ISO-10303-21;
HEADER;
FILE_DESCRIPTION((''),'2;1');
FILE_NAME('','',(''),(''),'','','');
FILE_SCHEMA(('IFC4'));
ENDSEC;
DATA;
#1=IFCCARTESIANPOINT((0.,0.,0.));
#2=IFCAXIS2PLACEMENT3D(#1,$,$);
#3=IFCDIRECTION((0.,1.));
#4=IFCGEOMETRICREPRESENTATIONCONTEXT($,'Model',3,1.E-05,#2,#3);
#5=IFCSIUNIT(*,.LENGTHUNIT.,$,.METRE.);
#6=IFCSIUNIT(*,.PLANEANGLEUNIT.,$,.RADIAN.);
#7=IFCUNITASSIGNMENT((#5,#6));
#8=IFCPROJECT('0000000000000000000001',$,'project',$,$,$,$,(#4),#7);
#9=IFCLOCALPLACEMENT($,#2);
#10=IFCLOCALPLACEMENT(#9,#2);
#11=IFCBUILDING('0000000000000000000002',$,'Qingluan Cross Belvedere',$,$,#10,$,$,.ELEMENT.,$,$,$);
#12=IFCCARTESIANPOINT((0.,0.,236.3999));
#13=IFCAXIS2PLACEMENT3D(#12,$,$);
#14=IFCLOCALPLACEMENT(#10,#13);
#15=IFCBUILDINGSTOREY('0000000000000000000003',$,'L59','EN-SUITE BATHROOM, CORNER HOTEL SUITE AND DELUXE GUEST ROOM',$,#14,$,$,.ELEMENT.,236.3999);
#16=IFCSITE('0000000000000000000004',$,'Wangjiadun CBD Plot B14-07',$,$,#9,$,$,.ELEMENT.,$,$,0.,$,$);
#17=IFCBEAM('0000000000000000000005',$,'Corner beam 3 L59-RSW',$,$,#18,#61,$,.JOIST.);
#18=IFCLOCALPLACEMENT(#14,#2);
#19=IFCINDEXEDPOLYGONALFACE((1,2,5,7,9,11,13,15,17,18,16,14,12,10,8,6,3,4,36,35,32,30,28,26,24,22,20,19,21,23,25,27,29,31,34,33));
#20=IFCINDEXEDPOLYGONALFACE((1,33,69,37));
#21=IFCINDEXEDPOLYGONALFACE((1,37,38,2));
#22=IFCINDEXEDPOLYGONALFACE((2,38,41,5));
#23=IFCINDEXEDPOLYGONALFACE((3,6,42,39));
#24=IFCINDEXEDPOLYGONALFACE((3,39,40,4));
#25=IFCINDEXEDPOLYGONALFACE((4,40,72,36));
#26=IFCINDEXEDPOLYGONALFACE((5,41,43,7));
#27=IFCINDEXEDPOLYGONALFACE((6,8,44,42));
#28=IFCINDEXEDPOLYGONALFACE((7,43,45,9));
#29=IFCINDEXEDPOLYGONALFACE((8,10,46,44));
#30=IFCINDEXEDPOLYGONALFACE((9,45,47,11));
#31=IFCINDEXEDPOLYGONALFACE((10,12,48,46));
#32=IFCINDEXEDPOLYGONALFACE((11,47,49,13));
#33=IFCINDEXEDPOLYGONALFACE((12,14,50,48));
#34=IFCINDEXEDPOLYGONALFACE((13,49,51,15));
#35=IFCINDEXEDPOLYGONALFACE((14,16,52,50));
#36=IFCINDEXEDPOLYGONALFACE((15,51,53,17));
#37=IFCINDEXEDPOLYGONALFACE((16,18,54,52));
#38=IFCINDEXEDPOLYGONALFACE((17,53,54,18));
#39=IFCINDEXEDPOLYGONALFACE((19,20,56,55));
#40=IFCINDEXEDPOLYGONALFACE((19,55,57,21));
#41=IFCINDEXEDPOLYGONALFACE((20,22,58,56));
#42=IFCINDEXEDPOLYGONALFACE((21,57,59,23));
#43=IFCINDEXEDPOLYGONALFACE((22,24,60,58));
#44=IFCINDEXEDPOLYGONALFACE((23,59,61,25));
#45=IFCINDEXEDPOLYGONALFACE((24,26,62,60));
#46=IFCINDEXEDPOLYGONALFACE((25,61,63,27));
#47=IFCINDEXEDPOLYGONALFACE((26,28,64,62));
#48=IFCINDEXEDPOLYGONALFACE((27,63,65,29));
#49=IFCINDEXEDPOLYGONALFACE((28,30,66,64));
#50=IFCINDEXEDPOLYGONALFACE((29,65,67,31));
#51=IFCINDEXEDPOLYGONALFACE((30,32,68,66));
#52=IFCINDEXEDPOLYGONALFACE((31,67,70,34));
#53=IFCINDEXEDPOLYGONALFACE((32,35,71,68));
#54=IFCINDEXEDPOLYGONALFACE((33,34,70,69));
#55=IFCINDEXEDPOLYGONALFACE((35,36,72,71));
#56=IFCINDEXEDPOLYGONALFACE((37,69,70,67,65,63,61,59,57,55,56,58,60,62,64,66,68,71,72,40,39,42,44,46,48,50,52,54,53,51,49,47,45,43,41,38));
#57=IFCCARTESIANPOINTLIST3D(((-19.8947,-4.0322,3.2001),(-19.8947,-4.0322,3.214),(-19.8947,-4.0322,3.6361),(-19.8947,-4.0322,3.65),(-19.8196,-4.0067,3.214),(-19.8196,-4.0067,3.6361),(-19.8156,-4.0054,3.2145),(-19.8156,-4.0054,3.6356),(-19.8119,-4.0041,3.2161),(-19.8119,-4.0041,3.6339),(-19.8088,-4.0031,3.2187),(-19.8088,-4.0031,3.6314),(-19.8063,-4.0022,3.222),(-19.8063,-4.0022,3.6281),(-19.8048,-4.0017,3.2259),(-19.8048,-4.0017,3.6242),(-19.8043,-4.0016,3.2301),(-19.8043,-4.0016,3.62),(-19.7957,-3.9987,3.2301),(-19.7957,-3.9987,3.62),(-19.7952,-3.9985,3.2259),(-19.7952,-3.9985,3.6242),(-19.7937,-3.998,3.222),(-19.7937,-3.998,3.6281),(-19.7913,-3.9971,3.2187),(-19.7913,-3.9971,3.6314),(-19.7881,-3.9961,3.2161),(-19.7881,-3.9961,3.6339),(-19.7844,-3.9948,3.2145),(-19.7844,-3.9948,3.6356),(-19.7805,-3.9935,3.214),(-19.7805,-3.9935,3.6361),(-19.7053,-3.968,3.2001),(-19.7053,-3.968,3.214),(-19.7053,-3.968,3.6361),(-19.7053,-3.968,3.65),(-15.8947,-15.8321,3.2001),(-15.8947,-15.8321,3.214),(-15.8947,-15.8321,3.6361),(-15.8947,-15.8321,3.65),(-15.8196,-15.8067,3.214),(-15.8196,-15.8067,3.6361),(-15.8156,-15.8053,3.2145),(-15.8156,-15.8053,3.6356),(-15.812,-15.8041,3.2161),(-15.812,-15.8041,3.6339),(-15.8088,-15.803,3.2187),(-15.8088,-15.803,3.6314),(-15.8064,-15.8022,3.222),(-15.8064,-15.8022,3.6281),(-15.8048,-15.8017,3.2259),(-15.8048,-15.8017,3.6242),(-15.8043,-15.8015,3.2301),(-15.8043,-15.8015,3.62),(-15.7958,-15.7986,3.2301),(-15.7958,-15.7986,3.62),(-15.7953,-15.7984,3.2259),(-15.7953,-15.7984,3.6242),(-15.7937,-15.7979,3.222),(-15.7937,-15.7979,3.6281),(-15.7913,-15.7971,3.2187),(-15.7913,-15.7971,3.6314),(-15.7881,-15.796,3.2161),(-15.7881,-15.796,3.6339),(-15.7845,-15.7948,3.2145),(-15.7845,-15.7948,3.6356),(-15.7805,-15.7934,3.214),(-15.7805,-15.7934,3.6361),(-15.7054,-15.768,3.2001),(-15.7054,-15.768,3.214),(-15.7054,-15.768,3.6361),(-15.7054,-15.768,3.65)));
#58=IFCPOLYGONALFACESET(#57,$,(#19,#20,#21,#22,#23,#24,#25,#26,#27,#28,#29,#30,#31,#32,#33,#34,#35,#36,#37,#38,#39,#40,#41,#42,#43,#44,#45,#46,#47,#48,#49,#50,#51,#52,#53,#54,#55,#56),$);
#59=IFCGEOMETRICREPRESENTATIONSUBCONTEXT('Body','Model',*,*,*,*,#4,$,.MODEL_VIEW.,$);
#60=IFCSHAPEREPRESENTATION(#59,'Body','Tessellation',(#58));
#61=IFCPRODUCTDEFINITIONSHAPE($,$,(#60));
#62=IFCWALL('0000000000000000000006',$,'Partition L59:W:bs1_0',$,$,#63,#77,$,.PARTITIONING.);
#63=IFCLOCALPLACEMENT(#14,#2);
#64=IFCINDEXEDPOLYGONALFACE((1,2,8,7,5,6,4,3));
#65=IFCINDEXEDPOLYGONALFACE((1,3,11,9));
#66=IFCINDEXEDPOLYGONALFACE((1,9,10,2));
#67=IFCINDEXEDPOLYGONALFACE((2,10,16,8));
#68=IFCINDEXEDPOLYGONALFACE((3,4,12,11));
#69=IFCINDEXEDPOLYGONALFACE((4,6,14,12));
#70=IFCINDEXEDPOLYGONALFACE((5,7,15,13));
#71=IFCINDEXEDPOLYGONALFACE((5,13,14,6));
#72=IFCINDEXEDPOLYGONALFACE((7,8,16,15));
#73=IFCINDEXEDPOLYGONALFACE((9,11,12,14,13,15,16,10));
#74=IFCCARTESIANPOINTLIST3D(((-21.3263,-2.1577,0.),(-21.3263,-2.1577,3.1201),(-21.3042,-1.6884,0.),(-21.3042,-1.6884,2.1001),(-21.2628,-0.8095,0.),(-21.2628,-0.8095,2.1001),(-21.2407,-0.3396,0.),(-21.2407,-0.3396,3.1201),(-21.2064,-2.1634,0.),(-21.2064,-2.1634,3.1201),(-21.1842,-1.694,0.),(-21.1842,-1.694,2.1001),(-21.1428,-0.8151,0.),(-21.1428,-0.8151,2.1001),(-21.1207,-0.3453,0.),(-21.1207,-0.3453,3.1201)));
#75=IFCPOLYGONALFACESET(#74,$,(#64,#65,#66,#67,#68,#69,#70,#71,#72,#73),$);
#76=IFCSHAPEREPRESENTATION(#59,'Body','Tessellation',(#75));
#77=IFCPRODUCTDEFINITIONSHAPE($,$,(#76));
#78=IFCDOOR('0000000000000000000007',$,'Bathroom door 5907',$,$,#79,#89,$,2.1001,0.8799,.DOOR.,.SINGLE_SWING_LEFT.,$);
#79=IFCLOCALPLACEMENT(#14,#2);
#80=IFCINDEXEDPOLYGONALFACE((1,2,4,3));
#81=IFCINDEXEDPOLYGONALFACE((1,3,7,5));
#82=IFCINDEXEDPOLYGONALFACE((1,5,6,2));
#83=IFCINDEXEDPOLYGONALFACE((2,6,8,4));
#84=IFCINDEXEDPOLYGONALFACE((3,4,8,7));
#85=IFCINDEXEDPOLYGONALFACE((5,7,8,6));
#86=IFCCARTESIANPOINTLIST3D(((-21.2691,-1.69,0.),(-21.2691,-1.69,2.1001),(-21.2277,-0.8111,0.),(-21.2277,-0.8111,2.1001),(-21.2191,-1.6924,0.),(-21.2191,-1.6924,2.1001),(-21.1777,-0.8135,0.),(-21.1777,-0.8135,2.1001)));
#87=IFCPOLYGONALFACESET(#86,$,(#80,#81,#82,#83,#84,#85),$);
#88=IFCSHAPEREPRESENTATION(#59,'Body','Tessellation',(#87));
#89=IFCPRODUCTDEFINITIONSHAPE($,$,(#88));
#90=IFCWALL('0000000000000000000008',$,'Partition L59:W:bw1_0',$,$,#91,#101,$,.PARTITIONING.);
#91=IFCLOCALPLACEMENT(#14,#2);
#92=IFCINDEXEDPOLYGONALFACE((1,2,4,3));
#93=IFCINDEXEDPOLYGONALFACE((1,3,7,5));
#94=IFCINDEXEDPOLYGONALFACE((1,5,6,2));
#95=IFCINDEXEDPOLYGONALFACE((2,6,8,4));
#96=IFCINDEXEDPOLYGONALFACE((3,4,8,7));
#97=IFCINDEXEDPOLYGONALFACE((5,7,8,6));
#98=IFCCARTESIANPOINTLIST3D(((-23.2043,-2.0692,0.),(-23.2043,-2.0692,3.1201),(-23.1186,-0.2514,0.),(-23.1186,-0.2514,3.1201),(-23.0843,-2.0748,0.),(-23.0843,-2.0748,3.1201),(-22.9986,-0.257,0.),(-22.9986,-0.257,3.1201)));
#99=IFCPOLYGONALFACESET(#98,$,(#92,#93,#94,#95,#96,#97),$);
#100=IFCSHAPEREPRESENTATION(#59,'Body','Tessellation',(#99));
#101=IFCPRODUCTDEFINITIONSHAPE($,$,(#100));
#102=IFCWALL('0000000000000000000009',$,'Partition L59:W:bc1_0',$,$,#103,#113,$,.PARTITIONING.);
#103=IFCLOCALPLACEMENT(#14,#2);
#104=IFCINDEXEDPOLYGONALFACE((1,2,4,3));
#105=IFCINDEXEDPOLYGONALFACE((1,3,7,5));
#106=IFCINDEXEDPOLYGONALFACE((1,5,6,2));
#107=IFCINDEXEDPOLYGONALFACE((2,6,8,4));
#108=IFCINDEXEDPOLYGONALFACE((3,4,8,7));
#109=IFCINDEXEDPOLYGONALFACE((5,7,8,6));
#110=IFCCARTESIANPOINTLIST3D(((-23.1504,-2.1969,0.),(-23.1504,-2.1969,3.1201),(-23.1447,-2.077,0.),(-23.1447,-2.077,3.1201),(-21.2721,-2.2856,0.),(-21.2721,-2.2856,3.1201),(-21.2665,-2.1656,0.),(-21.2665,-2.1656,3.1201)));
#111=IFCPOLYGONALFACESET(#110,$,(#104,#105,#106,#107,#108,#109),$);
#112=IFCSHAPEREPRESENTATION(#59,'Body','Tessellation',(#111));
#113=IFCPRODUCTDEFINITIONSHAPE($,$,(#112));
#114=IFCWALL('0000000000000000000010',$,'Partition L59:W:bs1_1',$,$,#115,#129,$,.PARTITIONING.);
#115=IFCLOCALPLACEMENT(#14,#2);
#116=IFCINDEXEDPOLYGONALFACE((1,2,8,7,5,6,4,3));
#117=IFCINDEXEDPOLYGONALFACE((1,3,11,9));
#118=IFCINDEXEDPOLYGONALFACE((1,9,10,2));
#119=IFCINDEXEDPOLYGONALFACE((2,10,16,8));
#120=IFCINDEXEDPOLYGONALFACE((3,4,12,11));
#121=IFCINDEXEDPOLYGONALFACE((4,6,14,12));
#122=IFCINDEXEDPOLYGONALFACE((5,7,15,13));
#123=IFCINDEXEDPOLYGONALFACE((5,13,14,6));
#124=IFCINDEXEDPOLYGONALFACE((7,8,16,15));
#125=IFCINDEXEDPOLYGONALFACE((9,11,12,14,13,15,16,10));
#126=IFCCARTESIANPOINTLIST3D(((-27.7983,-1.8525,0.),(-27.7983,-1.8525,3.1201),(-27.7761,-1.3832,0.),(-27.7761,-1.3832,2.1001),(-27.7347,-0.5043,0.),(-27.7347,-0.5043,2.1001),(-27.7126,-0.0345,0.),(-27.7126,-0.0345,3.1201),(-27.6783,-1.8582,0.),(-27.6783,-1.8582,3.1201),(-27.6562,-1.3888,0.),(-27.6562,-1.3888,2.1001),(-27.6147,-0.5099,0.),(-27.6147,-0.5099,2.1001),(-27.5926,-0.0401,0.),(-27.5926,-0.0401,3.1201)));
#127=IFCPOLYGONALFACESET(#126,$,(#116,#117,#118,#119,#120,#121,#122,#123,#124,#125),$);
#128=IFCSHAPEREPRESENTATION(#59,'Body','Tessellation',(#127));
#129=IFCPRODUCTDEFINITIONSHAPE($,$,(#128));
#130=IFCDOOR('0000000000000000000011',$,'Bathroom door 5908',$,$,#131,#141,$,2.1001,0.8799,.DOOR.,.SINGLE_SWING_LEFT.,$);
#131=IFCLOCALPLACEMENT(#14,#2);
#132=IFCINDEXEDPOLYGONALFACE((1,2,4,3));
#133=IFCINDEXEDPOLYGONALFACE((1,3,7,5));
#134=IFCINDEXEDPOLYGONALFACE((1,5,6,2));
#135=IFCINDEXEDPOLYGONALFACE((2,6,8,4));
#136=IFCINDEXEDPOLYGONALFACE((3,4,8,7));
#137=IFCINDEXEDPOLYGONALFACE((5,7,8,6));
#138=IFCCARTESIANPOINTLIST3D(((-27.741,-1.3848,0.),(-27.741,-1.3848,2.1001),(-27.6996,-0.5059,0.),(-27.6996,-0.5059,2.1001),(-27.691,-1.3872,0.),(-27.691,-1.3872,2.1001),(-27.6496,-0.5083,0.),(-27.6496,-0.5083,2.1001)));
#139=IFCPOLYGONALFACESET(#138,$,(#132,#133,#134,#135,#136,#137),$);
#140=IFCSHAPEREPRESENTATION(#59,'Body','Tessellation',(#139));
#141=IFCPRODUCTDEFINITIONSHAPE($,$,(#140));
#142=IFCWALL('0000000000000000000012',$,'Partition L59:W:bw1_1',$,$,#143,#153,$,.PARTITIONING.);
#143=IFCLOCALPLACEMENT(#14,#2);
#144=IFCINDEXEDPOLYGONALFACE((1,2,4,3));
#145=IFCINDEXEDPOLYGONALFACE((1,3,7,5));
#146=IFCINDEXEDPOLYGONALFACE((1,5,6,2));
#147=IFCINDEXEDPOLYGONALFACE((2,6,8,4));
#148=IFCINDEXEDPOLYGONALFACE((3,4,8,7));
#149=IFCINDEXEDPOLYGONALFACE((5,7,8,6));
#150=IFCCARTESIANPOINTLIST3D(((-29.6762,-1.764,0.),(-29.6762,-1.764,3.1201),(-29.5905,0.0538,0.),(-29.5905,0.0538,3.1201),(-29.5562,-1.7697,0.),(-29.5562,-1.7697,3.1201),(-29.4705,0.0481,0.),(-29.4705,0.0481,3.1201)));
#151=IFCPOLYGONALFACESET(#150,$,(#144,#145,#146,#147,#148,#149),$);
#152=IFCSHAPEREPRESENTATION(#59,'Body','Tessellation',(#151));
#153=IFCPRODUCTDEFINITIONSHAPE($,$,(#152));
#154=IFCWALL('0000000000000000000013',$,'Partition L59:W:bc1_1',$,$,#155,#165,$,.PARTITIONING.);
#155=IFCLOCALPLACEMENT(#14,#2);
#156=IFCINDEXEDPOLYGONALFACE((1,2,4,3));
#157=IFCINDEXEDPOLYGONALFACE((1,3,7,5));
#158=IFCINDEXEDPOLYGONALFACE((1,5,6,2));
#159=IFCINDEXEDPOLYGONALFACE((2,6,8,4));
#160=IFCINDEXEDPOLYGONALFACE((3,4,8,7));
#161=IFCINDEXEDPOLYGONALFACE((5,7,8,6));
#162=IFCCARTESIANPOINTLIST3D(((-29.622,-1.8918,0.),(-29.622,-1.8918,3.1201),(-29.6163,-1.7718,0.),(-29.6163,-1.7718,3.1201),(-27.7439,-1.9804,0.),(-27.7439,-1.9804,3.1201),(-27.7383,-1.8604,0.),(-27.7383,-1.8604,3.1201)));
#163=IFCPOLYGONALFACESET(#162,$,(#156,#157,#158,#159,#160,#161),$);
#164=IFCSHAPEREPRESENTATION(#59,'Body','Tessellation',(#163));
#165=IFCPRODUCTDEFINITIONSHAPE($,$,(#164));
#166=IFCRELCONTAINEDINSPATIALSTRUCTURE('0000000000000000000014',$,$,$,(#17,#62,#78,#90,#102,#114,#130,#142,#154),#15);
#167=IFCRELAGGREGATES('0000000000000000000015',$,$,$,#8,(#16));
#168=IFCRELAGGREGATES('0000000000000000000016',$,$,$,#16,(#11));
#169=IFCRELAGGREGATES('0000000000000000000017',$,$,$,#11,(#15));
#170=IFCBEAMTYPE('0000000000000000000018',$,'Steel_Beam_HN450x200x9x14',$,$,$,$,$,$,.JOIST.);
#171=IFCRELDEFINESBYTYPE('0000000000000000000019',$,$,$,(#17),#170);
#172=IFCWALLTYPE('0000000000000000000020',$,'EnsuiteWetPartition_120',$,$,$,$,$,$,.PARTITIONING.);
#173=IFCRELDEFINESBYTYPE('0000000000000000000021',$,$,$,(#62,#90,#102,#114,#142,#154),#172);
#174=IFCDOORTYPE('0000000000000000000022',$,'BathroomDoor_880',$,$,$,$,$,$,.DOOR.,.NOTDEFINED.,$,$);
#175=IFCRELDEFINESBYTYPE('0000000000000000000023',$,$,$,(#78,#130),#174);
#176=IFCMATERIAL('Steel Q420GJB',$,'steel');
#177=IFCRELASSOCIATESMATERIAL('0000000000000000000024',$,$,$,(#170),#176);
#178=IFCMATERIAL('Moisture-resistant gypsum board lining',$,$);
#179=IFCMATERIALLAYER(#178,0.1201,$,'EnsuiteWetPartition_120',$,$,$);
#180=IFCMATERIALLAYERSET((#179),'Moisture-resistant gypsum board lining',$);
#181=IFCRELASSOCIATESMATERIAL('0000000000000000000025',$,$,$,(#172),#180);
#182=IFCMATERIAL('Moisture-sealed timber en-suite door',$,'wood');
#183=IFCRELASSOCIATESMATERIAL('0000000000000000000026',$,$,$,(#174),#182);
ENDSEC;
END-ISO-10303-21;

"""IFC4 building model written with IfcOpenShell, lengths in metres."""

from ifc_helpers import new_model, si_unit, direction, frame, frame_2d, origin, origin_2d, place, context, subcontext, project, spatial, rectangle, i_section, extrude, material, layer, layer_set, material_profile, profile_set, type_object, element, fill, save


model = new_model("IFC4")

# Units and contexts
model_context = context("Model", 3, precision=1e-05, world=origin(), true_north=direction((0.0, 1.0)))
body_context = subcontext(model_context, "Body", "Model", "MODEL_VIEW")
ifc_project = project(units=[si_unit("LENGTHUNIT", "METRE"), si_unit("PLANEANGLEUNIT", "RADIAN")], contexts=[model_context])

# Site, building, storey
site_placement = place(None, origin())
site = spatial("IfcSite", under=ifc_project, at=site_placement, Name="Wangjiadun CBD Plot B14-07", CompositionType="ELEMENT", RefElevation=0.0)
building_placement = place(site_placement, origin())
building = spatial("IfcBuilding", under=site, at=building_placement, Name="Qingluan Cross Belvedere", CompositionType="ELEMENT")
storey_placement = place(building_placement, frame((0.0, 0.0, 236.3999)))
storey = spatial("IfcBuildingStorey", under=building, at=storey_placement, Name="L59", Description="EN-SUITE BATHROOM, CORNER HOTEL SUITE AND DELUXE GUEST ROOM", CompositionType="ELEMENT", Elevation=236.3999)

# Beam
ifc_material_1 = material(Name="Steel Q420GJB", Category="steel")
ifc_material_profile_1 = material_profile(ifc_material_1, i_section(OverallWidth=0.2, OverallDepth=0.45, WebThickness=0.009, FlangeThickness=0.0139, FilletRadius=0.0161, at=origin_2d()), Name="HN450x200x9x14")
ifc_profile_set_1 = profile_set([ifc_material_profile_1], Name="Steel Q420GJB")
beam_type_1 = type_object("IfcBeamType", Name="Steel_Beam_HN450x200x9x14", PredefinedType="JOIST", material=ifc_profile_set_1)
for number, where, z_axis, x_axis, name in (
    (1, (-15.8, -15.8, 3.425), (-0.321038, 0.947066, 0.0), (-0.947066, -0.321038, 0.0), "Corner beam 3 L59-RSW"),
):
    element("IfcBeam", number, at=place(storey_placement, frame(where, z_axis=z_axis, x_axis=x_axis)), inside=storey, type_object=beam_type_1, Name=name, PredefinedType="JOIST", context=body_context, shape_type="SweptSolid", body=[
        extrude(i_section(OverallWidth=0.2, OverallDepth=0.45, WebThickness=0.009, FlangeThickness=0.0139, FilletRadius=0.0161, at=origin_2d()), origin(), (0.0, 0.0, 1.0), 12.4595),
    ])

# Wall, opening, door
ifc_material_2 = material(Name="Moisture-resistant gypsum board lining")
ifc_layer_1 = layer(ifc_material_2, 0.1201, Name="EnsuiteWetPartition_120")
ifc_layer_set_1 = layer_set([ifc_layer_1], Name="Moisture-resistant gypsum board lining")
wall_type_1 = type_object("IfcWallType", Name="EnsuiteWetPartition_120", PredefinedType="PARTITIONING", material=ifc_layer_set_1)
wall_1_placement = place(storey_placement, frame((-21.2664, -2.1606, 0.0), z_axis=(0.0, 0.0, 1.0), x_axis=(0.047081, 0.998891, 0.0)))
wall_1 = element("IfcWall", 2, at=wall_1_placement, inside=storey, type_object=wall_type_1, Name="Partition L59:W:bs1_0", PredefinedType="PARTITIONING", context=body_context, shape_type="SweptSolid", body=[
    extrude(rectangle(XDim=1.8201, YDim=0.1201, at=frame_2d((0.9102, 0.0))), origin(), (0.0, 0.0, 1.0), 3.1201),
])
opening_1_placement = place(wall_1_placement, frame((0.47, 0.0, 0.0)))
opening_1 = element("IfcOpeningElement", 3, at=opening_1_placement, cuts=wall_1, PredefinedType="OPENING", context=body_context, shape_type="SweptSolid", body=[
    extrude(rectangle(XDim=0.8799, YDim=2.1001, at=frame_2d((0.4399, 1.05))), frame((0.0, 0.0701, 0.0), z_axis=(0.0, -1.0, 0.0), x_axis=(1.0, 0.0, 0.0)), (0.0, 0.0, 1.0), 0.1401),
])
ifc_material_3 = material(Name="Moisture-sealed timber en-suite door", Category="wood")
door_type = type_object("IfcDoorType", Name="BathroomDoor_880", OperationType="NOTDEFINED", PredefinedType="DOOR", material=ifc_material_3)
door_1_placement = place(opening_1_placement, origin())
door_1 = element("IfcDoor", 4, at=door_1_placement, inside=storey, type_object=door_type, Name="Bathroom door 5907", OperationType="SINGLE_SWING_LEFT", OverallHeight=2.1001, OverallWidth=0.8799, PredefinedType="DOOR", context=body_context, shape_type="SweptSolid", body=[
    extrude(rectangle(XDim=0.8799, YDim=2.1001, at=frame_2d((0.4399, 1.05))), frame((0.0, 0.0249, 0.0), z_axis=(0.0, -1.0, 0.0), x_axis=(1.0, 0.0, 0.0)), (0.0, 0.0, 1.0), 0.05),
])
fill(opening_1, door_1)

# Walls
wall_2_placement = place(storey_placement, frame((-23.1443, -2.072, 0.0), z_axis=(0.0, 0.0, 1.0), x_axis=(0.047087, 0.998891, 0.0)))
element("IfcWall", 5, at=wall_2_placement, inside=storey, type_object=wall_type_1, Name="Partition L59:W:bw1_0", PredefinedType="PARTITIONING", context=body_context, shape_type="SweptSolid", body=[
    extrude(rectangle(XDim=1.8198, YDim=0.1201, at=frame_2d((0.9099, 0.0))), origin(), (0.0, 0.0, 1.0), 3.1201),
])
wall_3_placement = place(storey_placement, frame((-21.2693, -2.2256, 0.0), z_axis=(0.0, 0.0, 1.0), x_axis=(-0.998889, 0.047133, 0.0)))
element("IfcWall", 6, at=wall_3_placement, inside=storey, type_object=wall_type_1, Name="Partition L59:W:bc1_0", PredefinedType="PARTITIONING", context=body_context, shape_type="SweptSolid", body=[
    extrude(rectangle(XDim=1.8804, YDim=0.1201, at=frame_2d((0.9402, 0.0))), origin(), (0.0, 0.0, 1.0), 3.1201),
])

# Wall, opening, door
wall_4_placement = place(storey_placement, frame((-27.7383, -1.8555, 0.0), z_axis=(0.0, 0.0, 1.0), x_axis=(0.047081, 0.998891, 0.0)))
wall_4 = element("IfcWall", 7, at=wall_4_placement, inside=storey, type_object=wall_type_1, Name="Partition L59:W:bs1_1", PredefinedType="PARTITIONING", context=body_context, shape_type="SweptSolid", body=[
    extrude(rectangle(XDim=1.8201, YDim=0.1201, at=frame_2d((0.9102, 0.0))), origin(), (0.0, 0.0, 1.0), 3.1201),
])
opening_2_placement = place(wall_4_placement, frame((0.47, 0.0, 0.0)))
opening_2 = element("IfcOpeningElement", 8, at=opening_2_placement, cuts=wall_4, PredefinedType="OPENING", context=body_context, shape_type="SweptSolid", body=[
    extrude(rectangle(XDim=0.8799, YDim=2.1001, at=frame_2d((0.4399, 1.05))), frame((0.0, 0.0701, 0.0), z_axis=(0.0, -1.0, 0.0), x_axis=(1.0, 0.0, 0.0)), (0.0, 0.0, 1.0), 0.1401),
])
door_2_placement = place(opening_2_placement, origin())
door_2 = element("IfcDoor", 9, at=door_2_placement, inside=storey, type_object=door_type, Name="Bathroom door 5908", OperationType="SINGLE_SWING_LEFT", OverallHeight=2.1001, OverallWidth=0.8799, PredefinedType="DOOR", context=body_context, shape_type="SweptSolid", body=[
    extrude(rectangle(XDim=0.8799, YDim=2.1001, at=frame_2d((0.4399, 1.05))), frame((0.0, 0.0249, 0.0), z_axis=(0.0, -1.0, 0.0), x_axis=(1.0, 0.0, 0.0)), (0.0, 0.0, 1.0), 0.05),
])
fill(opening_2, door_2)

# Walls
wall_5_placement = place(storey_placement, frame((-29.6162, -1.7668, 0.0), z_axis=(0.0, 0.0, 1.0), x_axis=(0.047087, 0.998891, 0.0)))
element("IfcWall", 10, at=wall_5_placement, inside=storey, type_object=wall_type_1, Name="Partition L59:W:bw1_1", PredefinedType="PARTITIONING", context=body_context, shape_type="SweptSolid", body=[
    extrude(rectangle(XDim=1.8198, YDim=0.1201, at=frame_2d((0.9099, 0.0))), origin(), (0.0, 0.0, 1.0), 3.1201),
])
wall_6_placement = place(storey_placement, frame((-27.7412, -1.9204, 0.0), z_axis=(0.0, 0.0, 1.0), x_axis=(-0.998888, 0.047139, 0.0)))
element("IfcWall", 11, at=wall_6_placement, inside=storey, type_object=wall_type_1, Name="Partition L59:W:bc1_1", PredefinedType="PARTITIONING", context=body_context, shape_type="SweptSolid", body=[
    extrude(rectangle(XDim=1.8801, YDim=0.1201, at=frame_2d((0.9399, 0.0))), origin(), (0.0, 0.0, 1.0), 3.1201),
])

save(model, "model.ifc")
